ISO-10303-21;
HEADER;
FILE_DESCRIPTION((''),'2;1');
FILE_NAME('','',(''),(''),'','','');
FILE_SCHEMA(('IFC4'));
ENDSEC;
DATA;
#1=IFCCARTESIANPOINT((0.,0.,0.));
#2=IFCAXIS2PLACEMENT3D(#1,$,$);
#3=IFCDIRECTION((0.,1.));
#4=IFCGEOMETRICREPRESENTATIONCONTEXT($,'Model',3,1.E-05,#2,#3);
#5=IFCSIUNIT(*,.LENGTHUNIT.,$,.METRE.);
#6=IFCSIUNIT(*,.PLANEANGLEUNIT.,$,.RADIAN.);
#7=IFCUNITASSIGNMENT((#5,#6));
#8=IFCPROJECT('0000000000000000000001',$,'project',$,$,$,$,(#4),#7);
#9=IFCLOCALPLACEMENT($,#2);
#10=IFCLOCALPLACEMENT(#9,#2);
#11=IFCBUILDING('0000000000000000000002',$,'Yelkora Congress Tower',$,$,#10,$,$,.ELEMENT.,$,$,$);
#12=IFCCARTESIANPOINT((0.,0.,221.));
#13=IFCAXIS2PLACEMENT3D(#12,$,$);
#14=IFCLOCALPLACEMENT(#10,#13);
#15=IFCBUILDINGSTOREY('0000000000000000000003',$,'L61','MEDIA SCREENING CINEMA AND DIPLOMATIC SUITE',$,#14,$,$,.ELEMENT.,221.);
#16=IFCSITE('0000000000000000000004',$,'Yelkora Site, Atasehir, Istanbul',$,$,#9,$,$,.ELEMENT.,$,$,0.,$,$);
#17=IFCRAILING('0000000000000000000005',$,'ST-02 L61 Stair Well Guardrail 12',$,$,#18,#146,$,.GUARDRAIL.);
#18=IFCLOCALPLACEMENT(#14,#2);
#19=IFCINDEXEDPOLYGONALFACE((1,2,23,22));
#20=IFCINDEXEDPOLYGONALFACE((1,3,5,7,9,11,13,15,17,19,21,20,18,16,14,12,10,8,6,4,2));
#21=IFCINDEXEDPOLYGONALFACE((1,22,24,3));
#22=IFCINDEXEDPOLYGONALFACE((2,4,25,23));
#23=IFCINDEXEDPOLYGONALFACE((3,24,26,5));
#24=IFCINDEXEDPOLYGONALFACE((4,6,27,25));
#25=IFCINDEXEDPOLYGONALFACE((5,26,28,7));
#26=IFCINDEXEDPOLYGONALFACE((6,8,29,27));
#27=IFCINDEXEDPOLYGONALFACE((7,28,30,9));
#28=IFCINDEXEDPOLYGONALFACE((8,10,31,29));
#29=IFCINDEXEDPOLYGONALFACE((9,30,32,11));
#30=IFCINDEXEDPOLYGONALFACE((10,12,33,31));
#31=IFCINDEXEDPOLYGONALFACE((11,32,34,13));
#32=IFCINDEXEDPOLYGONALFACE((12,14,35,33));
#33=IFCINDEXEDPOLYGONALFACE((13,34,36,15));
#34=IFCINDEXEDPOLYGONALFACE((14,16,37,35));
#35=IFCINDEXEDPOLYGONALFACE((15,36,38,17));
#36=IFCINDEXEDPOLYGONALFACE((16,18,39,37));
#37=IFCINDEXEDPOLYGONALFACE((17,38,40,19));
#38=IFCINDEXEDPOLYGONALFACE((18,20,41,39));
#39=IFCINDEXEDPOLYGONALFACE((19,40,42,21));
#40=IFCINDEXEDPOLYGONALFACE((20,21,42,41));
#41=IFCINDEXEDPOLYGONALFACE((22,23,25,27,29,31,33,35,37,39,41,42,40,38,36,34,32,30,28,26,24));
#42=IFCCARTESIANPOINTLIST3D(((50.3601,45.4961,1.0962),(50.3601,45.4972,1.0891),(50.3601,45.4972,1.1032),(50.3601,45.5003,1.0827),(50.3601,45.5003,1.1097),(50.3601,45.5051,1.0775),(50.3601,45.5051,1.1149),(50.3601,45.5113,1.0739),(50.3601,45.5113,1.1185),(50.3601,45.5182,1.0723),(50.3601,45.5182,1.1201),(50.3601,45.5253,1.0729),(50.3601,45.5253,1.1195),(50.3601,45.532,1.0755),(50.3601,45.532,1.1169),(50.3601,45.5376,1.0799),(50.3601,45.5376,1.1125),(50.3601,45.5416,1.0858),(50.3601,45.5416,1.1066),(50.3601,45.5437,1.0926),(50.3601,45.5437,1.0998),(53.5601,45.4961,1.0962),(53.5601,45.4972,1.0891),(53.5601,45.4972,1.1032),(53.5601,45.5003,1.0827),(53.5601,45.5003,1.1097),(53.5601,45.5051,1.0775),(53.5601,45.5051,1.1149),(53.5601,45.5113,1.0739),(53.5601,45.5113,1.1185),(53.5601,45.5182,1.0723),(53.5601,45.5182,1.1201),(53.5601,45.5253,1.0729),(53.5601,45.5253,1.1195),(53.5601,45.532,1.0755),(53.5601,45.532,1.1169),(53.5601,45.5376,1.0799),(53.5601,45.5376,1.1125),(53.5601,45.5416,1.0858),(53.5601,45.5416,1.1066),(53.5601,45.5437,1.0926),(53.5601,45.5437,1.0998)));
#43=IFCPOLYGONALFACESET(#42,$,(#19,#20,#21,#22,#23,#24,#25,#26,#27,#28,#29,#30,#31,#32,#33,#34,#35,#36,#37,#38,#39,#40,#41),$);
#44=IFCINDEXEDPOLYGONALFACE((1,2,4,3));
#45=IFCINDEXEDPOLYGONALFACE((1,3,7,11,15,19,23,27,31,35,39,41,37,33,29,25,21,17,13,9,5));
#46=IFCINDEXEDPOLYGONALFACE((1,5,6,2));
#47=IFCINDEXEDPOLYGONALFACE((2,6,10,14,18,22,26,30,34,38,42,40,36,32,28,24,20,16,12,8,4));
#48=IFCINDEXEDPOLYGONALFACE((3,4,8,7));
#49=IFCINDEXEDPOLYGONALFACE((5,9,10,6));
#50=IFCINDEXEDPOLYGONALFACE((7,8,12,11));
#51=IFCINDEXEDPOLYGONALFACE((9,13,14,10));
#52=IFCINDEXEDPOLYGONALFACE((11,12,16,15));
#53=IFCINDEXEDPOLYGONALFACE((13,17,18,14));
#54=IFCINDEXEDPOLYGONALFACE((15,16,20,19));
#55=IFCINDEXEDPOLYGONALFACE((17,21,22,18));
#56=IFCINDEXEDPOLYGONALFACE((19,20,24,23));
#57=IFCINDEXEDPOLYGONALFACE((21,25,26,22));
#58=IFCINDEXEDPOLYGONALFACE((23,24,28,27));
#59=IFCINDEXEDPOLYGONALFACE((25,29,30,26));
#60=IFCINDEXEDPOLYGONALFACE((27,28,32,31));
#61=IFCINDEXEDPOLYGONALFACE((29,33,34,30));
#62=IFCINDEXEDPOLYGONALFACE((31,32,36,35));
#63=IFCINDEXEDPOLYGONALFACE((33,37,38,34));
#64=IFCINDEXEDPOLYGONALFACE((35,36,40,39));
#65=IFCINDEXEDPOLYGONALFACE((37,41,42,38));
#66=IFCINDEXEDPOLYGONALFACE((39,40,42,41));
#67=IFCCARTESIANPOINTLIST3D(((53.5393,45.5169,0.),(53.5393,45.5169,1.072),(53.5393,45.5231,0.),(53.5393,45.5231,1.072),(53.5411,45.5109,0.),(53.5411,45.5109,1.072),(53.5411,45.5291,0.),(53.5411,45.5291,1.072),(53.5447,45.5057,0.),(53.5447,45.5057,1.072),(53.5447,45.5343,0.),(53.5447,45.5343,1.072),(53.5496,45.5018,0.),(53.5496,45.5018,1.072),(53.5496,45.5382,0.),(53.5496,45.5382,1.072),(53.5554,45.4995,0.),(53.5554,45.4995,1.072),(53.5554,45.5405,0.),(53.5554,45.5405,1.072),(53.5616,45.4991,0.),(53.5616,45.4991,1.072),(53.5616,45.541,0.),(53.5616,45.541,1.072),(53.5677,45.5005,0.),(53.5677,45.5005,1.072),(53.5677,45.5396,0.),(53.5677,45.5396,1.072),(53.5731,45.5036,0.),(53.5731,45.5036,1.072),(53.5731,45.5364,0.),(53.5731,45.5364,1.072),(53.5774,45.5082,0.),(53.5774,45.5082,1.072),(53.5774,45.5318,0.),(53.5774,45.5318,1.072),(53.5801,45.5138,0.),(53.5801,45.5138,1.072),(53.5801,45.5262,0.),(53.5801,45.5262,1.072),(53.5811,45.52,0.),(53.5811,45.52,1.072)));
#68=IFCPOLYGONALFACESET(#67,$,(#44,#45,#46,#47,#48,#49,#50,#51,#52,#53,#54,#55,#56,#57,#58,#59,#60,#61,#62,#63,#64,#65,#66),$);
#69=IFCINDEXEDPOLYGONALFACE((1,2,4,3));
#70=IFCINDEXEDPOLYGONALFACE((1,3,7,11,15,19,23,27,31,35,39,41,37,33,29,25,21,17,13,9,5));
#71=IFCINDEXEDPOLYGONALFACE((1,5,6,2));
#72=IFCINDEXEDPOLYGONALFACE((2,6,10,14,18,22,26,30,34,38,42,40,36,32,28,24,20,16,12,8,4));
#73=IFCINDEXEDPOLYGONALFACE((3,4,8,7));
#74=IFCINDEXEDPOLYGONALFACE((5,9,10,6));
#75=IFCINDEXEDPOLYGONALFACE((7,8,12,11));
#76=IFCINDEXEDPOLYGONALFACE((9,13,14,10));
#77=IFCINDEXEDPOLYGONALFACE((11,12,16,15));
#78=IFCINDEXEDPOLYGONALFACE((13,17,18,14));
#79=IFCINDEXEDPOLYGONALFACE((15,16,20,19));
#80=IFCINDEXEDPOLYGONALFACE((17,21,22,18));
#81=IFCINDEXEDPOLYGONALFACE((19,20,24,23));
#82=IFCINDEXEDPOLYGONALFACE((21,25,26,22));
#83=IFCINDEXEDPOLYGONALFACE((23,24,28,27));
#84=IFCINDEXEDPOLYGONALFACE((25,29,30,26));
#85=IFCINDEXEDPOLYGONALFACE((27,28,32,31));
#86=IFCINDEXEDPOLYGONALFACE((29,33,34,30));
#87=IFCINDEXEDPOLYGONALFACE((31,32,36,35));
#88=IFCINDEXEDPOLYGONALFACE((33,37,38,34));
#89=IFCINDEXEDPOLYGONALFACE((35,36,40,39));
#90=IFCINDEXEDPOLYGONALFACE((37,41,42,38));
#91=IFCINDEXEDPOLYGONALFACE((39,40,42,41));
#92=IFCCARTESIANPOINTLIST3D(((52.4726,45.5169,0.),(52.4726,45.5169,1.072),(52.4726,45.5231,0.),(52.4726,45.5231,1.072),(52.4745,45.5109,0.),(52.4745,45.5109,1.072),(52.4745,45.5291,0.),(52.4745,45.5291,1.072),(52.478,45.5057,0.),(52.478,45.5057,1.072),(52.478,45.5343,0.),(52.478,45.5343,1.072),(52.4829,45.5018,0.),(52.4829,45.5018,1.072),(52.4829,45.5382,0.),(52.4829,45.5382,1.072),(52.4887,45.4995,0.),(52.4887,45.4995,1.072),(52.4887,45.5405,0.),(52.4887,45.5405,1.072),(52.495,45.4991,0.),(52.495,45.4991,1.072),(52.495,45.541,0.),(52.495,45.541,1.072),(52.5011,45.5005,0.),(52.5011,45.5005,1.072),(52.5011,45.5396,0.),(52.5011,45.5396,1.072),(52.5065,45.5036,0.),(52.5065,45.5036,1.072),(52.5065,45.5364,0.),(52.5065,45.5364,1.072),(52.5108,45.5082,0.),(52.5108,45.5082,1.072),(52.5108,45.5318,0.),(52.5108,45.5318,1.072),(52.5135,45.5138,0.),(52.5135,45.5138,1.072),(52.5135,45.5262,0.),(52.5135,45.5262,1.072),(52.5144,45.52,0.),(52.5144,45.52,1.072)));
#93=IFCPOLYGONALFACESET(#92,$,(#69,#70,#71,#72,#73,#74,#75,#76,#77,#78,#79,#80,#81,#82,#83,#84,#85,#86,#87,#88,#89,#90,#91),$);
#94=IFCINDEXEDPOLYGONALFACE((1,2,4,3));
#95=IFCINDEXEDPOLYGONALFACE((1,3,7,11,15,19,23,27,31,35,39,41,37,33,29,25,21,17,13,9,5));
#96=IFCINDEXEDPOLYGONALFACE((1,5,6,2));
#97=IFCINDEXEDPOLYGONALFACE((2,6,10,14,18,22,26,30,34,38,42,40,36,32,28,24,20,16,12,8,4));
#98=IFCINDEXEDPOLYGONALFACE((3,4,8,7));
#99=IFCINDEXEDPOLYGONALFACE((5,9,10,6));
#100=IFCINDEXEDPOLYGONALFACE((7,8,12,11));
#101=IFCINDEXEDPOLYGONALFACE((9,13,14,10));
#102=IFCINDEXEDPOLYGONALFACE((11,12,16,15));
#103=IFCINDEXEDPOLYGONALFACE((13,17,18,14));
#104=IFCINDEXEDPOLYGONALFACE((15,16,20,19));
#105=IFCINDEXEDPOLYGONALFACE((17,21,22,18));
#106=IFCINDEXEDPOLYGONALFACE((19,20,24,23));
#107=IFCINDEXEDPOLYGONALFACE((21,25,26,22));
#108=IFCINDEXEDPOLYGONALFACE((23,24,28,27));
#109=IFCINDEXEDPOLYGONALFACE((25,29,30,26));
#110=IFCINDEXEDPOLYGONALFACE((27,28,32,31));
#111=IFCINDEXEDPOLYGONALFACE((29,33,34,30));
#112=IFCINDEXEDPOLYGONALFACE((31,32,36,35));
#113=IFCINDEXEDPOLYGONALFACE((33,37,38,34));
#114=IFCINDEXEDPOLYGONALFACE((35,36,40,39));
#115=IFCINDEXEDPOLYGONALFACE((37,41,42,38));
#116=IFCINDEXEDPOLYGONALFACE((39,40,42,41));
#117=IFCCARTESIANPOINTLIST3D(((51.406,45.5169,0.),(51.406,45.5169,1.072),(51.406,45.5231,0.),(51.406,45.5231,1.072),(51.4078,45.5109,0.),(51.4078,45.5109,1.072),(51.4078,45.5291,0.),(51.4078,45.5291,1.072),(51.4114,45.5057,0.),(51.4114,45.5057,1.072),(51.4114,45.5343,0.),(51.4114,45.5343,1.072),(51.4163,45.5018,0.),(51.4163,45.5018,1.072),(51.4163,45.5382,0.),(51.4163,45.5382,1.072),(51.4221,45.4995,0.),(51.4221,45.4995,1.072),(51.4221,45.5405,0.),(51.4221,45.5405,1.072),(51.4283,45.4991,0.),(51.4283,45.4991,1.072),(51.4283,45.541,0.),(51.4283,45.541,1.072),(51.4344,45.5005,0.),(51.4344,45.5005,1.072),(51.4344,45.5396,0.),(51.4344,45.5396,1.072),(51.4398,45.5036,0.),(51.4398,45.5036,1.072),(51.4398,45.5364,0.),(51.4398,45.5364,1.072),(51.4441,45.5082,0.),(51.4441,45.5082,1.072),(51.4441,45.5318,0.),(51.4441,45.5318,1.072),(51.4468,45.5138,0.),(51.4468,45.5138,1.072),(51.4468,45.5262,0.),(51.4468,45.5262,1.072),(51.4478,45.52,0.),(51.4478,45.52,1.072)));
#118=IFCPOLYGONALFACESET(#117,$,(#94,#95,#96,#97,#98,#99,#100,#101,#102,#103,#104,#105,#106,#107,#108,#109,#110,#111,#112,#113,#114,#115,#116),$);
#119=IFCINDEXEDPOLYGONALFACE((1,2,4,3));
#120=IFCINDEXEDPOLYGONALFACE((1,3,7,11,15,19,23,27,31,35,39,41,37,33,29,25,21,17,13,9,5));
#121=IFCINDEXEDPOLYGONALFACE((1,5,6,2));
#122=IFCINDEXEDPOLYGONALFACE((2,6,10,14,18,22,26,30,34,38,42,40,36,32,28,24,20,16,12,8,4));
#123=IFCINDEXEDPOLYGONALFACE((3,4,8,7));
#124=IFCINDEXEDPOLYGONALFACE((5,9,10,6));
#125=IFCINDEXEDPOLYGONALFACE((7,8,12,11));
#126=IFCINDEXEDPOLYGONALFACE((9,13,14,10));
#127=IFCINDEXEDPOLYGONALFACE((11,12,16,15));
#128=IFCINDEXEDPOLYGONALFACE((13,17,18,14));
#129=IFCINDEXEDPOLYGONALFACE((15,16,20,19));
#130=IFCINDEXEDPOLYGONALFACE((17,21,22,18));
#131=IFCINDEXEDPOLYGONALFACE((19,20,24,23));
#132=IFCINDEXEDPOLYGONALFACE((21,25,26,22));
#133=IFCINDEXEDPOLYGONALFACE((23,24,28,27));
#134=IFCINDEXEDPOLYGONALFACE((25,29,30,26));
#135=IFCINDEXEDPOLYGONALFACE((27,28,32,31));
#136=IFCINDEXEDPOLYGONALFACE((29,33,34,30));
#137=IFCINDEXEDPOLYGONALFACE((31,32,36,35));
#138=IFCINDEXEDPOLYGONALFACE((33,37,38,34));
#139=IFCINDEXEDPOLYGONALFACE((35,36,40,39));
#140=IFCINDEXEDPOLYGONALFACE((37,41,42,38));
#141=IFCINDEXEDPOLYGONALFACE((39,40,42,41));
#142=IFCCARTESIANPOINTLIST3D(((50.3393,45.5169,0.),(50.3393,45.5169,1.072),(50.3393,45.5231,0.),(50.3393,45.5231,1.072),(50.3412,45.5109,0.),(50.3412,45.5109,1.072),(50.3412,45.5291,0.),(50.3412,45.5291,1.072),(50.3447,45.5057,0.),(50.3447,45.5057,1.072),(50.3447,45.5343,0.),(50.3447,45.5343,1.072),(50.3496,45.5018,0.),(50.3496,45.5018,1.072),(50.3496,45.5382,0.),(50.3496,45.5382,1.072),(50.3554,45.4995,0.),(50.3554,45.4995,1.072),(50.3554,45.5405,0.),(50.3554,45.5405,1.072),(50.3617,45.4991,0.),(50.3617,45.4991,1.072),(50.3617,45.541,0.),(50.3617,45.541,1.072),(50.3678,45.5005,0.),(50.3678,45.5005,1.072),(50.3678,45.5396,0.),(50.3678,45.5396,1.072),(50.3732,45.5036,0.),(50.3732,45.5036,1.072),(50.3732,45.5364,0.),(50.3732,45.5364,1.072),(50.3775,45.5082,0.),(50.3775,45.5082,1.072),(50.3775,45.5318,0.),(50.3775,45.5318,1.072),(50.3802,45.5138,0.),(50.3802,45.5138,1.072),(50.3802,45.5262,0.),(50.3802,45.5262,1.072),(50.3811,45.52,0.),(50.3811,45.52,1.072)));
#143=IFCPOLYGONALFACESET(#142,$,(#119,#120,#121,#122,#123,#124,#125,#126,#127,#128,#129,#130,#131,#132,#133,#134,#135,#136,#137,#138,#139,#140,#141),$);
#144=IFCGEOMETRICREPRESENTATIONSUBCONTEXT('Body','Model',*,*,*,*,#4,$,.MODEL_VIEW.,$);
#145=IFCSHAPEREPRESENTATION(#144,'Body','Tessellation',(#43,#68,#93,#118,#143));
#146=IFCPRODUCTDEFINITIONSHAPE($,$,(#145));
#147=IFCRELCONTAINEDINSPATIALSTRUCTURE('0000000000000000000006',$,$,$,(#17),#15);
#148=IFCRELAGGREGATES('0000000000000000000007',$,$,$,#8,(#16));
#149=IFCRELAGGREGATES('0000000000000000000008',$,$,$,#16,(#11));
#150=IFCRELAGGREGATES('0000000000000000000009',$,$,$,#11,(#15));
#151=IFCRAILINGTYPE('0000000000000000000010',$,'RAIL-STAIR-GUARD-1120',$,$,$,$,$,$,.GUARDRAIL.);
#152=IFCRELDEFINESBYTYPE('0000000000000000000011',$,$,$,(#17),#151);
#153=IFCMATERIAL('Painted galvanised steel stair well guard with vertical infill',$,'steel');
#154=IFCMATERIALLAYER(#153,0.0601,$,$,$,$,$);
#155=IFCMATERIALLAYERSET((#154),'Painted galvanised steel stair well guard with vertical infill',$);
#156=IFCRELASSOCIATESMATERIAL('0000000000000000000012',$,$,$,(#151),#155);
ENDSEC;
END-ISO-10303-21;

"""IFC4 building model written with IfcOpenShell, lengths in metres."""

from ifc_helpers import new_model, si_unit, direction, frame, origin, origin_2d, place, context, subcontext, project, spatial, circle, extrude, material, layer, layer_set, type_object, element, save


model = new_model("IFC4")

# Units and contexts
model_context = context("Model", 3, precision=1e-05, world=origin(), true_north=direction((0.0, 1.0)))
body_context = subcontext(model_context, "Body", "Model", "MODEL_VIEW")
ifc_project = project(units=[si_unit("LENGTHUNIT", "METRE"), si_unit("PLANEANGLEUNIT", "RADIAN")], contexts=[model_context])

# Site, building, storey
site_placement = place(None, origin())
site = spatial("IfcSite", under=ifc_project, at=site_placement, Name="Yelkora Site, Atasehir, Istanbul", CompositionType="ELEMENT", RefElevation=0.0)
building_placement = place(site_placement, origin())
building = spatial("IfcBuilding", under=site, at=building_placement, Name="Yelkora Congress Tower", CompositionType="ELEMENT")
storey_placement = place(building_placement, frame((0.0, 0.0, 221.0)))
storey = spatial("IfcBuildingStorey", under=building, at=storey_placement, Name="L61", Description="MEDIA SCREENING CINEMA AND DIPLOMATIC SUITE", CompositionType="ELEMENT", Elevation=221.0)

# Railing
ifc_material_1 = material(Name="Painted galvanised steel stair well guard with vertical infill", Category="steel")
ifc_layer_1 = layer(ifc_material_1, 0.0601)
ifc_layer_set_1 = layer_set([ifc_layer_1], Name="Painted galvanised steel stair well guard with vertical infill")
railing_type_1 = type_object("IfcRailingType", Name="RAIL-STAIR-GUARD-1120", PredefinedType="GUARDRAIL", material=ifc_layer_set_1)
railing_1_placement = place(storey_placement, frame((53.5601, 45.52, 0.0)))
element("IfcRailing", 1, at=railing_1_placement, inside=storey, type_object=railing_type_1, Name="ST-02 L61 Stair Well Guardrail 12", PredefinedType="GUARDRAIL", context=body_context, shape_type="SweptSolid", body=[
    extrude(circle(Radius=0.0239, at=origin_2d()), frame((0.0, 0.0, 1.0962), z_axis=(-1.0, 0.0, 0.0), x_axis=(0.0, -1.0, 0.0)), (0.0, 0.0, 1.0), 3.2),
    extrude(circle(Radius=0.021, at=origin_2d()), origin(), (0.0, 0.0, 1.0), 1.072),
    extrude(circle(Radius=0.021, at=origin_2d()), frame((-1.0667, 0.0, 0.0)), (0.0, 0.0, 1.0), 1.072),
    extrude(circle(Radius=0.021, at=origin_2d()), frame((-2.1333, 0.0, 0.0)), (0.0, 0.0, 1.0), 1.072),
    extrude(circle(Radius=0.021, at=origin_2d()), frame((-3.2, 0.0, 0.0)), (0.0, 0.0, 1.0), 1.072),
])

save(model, "model.ifc")
